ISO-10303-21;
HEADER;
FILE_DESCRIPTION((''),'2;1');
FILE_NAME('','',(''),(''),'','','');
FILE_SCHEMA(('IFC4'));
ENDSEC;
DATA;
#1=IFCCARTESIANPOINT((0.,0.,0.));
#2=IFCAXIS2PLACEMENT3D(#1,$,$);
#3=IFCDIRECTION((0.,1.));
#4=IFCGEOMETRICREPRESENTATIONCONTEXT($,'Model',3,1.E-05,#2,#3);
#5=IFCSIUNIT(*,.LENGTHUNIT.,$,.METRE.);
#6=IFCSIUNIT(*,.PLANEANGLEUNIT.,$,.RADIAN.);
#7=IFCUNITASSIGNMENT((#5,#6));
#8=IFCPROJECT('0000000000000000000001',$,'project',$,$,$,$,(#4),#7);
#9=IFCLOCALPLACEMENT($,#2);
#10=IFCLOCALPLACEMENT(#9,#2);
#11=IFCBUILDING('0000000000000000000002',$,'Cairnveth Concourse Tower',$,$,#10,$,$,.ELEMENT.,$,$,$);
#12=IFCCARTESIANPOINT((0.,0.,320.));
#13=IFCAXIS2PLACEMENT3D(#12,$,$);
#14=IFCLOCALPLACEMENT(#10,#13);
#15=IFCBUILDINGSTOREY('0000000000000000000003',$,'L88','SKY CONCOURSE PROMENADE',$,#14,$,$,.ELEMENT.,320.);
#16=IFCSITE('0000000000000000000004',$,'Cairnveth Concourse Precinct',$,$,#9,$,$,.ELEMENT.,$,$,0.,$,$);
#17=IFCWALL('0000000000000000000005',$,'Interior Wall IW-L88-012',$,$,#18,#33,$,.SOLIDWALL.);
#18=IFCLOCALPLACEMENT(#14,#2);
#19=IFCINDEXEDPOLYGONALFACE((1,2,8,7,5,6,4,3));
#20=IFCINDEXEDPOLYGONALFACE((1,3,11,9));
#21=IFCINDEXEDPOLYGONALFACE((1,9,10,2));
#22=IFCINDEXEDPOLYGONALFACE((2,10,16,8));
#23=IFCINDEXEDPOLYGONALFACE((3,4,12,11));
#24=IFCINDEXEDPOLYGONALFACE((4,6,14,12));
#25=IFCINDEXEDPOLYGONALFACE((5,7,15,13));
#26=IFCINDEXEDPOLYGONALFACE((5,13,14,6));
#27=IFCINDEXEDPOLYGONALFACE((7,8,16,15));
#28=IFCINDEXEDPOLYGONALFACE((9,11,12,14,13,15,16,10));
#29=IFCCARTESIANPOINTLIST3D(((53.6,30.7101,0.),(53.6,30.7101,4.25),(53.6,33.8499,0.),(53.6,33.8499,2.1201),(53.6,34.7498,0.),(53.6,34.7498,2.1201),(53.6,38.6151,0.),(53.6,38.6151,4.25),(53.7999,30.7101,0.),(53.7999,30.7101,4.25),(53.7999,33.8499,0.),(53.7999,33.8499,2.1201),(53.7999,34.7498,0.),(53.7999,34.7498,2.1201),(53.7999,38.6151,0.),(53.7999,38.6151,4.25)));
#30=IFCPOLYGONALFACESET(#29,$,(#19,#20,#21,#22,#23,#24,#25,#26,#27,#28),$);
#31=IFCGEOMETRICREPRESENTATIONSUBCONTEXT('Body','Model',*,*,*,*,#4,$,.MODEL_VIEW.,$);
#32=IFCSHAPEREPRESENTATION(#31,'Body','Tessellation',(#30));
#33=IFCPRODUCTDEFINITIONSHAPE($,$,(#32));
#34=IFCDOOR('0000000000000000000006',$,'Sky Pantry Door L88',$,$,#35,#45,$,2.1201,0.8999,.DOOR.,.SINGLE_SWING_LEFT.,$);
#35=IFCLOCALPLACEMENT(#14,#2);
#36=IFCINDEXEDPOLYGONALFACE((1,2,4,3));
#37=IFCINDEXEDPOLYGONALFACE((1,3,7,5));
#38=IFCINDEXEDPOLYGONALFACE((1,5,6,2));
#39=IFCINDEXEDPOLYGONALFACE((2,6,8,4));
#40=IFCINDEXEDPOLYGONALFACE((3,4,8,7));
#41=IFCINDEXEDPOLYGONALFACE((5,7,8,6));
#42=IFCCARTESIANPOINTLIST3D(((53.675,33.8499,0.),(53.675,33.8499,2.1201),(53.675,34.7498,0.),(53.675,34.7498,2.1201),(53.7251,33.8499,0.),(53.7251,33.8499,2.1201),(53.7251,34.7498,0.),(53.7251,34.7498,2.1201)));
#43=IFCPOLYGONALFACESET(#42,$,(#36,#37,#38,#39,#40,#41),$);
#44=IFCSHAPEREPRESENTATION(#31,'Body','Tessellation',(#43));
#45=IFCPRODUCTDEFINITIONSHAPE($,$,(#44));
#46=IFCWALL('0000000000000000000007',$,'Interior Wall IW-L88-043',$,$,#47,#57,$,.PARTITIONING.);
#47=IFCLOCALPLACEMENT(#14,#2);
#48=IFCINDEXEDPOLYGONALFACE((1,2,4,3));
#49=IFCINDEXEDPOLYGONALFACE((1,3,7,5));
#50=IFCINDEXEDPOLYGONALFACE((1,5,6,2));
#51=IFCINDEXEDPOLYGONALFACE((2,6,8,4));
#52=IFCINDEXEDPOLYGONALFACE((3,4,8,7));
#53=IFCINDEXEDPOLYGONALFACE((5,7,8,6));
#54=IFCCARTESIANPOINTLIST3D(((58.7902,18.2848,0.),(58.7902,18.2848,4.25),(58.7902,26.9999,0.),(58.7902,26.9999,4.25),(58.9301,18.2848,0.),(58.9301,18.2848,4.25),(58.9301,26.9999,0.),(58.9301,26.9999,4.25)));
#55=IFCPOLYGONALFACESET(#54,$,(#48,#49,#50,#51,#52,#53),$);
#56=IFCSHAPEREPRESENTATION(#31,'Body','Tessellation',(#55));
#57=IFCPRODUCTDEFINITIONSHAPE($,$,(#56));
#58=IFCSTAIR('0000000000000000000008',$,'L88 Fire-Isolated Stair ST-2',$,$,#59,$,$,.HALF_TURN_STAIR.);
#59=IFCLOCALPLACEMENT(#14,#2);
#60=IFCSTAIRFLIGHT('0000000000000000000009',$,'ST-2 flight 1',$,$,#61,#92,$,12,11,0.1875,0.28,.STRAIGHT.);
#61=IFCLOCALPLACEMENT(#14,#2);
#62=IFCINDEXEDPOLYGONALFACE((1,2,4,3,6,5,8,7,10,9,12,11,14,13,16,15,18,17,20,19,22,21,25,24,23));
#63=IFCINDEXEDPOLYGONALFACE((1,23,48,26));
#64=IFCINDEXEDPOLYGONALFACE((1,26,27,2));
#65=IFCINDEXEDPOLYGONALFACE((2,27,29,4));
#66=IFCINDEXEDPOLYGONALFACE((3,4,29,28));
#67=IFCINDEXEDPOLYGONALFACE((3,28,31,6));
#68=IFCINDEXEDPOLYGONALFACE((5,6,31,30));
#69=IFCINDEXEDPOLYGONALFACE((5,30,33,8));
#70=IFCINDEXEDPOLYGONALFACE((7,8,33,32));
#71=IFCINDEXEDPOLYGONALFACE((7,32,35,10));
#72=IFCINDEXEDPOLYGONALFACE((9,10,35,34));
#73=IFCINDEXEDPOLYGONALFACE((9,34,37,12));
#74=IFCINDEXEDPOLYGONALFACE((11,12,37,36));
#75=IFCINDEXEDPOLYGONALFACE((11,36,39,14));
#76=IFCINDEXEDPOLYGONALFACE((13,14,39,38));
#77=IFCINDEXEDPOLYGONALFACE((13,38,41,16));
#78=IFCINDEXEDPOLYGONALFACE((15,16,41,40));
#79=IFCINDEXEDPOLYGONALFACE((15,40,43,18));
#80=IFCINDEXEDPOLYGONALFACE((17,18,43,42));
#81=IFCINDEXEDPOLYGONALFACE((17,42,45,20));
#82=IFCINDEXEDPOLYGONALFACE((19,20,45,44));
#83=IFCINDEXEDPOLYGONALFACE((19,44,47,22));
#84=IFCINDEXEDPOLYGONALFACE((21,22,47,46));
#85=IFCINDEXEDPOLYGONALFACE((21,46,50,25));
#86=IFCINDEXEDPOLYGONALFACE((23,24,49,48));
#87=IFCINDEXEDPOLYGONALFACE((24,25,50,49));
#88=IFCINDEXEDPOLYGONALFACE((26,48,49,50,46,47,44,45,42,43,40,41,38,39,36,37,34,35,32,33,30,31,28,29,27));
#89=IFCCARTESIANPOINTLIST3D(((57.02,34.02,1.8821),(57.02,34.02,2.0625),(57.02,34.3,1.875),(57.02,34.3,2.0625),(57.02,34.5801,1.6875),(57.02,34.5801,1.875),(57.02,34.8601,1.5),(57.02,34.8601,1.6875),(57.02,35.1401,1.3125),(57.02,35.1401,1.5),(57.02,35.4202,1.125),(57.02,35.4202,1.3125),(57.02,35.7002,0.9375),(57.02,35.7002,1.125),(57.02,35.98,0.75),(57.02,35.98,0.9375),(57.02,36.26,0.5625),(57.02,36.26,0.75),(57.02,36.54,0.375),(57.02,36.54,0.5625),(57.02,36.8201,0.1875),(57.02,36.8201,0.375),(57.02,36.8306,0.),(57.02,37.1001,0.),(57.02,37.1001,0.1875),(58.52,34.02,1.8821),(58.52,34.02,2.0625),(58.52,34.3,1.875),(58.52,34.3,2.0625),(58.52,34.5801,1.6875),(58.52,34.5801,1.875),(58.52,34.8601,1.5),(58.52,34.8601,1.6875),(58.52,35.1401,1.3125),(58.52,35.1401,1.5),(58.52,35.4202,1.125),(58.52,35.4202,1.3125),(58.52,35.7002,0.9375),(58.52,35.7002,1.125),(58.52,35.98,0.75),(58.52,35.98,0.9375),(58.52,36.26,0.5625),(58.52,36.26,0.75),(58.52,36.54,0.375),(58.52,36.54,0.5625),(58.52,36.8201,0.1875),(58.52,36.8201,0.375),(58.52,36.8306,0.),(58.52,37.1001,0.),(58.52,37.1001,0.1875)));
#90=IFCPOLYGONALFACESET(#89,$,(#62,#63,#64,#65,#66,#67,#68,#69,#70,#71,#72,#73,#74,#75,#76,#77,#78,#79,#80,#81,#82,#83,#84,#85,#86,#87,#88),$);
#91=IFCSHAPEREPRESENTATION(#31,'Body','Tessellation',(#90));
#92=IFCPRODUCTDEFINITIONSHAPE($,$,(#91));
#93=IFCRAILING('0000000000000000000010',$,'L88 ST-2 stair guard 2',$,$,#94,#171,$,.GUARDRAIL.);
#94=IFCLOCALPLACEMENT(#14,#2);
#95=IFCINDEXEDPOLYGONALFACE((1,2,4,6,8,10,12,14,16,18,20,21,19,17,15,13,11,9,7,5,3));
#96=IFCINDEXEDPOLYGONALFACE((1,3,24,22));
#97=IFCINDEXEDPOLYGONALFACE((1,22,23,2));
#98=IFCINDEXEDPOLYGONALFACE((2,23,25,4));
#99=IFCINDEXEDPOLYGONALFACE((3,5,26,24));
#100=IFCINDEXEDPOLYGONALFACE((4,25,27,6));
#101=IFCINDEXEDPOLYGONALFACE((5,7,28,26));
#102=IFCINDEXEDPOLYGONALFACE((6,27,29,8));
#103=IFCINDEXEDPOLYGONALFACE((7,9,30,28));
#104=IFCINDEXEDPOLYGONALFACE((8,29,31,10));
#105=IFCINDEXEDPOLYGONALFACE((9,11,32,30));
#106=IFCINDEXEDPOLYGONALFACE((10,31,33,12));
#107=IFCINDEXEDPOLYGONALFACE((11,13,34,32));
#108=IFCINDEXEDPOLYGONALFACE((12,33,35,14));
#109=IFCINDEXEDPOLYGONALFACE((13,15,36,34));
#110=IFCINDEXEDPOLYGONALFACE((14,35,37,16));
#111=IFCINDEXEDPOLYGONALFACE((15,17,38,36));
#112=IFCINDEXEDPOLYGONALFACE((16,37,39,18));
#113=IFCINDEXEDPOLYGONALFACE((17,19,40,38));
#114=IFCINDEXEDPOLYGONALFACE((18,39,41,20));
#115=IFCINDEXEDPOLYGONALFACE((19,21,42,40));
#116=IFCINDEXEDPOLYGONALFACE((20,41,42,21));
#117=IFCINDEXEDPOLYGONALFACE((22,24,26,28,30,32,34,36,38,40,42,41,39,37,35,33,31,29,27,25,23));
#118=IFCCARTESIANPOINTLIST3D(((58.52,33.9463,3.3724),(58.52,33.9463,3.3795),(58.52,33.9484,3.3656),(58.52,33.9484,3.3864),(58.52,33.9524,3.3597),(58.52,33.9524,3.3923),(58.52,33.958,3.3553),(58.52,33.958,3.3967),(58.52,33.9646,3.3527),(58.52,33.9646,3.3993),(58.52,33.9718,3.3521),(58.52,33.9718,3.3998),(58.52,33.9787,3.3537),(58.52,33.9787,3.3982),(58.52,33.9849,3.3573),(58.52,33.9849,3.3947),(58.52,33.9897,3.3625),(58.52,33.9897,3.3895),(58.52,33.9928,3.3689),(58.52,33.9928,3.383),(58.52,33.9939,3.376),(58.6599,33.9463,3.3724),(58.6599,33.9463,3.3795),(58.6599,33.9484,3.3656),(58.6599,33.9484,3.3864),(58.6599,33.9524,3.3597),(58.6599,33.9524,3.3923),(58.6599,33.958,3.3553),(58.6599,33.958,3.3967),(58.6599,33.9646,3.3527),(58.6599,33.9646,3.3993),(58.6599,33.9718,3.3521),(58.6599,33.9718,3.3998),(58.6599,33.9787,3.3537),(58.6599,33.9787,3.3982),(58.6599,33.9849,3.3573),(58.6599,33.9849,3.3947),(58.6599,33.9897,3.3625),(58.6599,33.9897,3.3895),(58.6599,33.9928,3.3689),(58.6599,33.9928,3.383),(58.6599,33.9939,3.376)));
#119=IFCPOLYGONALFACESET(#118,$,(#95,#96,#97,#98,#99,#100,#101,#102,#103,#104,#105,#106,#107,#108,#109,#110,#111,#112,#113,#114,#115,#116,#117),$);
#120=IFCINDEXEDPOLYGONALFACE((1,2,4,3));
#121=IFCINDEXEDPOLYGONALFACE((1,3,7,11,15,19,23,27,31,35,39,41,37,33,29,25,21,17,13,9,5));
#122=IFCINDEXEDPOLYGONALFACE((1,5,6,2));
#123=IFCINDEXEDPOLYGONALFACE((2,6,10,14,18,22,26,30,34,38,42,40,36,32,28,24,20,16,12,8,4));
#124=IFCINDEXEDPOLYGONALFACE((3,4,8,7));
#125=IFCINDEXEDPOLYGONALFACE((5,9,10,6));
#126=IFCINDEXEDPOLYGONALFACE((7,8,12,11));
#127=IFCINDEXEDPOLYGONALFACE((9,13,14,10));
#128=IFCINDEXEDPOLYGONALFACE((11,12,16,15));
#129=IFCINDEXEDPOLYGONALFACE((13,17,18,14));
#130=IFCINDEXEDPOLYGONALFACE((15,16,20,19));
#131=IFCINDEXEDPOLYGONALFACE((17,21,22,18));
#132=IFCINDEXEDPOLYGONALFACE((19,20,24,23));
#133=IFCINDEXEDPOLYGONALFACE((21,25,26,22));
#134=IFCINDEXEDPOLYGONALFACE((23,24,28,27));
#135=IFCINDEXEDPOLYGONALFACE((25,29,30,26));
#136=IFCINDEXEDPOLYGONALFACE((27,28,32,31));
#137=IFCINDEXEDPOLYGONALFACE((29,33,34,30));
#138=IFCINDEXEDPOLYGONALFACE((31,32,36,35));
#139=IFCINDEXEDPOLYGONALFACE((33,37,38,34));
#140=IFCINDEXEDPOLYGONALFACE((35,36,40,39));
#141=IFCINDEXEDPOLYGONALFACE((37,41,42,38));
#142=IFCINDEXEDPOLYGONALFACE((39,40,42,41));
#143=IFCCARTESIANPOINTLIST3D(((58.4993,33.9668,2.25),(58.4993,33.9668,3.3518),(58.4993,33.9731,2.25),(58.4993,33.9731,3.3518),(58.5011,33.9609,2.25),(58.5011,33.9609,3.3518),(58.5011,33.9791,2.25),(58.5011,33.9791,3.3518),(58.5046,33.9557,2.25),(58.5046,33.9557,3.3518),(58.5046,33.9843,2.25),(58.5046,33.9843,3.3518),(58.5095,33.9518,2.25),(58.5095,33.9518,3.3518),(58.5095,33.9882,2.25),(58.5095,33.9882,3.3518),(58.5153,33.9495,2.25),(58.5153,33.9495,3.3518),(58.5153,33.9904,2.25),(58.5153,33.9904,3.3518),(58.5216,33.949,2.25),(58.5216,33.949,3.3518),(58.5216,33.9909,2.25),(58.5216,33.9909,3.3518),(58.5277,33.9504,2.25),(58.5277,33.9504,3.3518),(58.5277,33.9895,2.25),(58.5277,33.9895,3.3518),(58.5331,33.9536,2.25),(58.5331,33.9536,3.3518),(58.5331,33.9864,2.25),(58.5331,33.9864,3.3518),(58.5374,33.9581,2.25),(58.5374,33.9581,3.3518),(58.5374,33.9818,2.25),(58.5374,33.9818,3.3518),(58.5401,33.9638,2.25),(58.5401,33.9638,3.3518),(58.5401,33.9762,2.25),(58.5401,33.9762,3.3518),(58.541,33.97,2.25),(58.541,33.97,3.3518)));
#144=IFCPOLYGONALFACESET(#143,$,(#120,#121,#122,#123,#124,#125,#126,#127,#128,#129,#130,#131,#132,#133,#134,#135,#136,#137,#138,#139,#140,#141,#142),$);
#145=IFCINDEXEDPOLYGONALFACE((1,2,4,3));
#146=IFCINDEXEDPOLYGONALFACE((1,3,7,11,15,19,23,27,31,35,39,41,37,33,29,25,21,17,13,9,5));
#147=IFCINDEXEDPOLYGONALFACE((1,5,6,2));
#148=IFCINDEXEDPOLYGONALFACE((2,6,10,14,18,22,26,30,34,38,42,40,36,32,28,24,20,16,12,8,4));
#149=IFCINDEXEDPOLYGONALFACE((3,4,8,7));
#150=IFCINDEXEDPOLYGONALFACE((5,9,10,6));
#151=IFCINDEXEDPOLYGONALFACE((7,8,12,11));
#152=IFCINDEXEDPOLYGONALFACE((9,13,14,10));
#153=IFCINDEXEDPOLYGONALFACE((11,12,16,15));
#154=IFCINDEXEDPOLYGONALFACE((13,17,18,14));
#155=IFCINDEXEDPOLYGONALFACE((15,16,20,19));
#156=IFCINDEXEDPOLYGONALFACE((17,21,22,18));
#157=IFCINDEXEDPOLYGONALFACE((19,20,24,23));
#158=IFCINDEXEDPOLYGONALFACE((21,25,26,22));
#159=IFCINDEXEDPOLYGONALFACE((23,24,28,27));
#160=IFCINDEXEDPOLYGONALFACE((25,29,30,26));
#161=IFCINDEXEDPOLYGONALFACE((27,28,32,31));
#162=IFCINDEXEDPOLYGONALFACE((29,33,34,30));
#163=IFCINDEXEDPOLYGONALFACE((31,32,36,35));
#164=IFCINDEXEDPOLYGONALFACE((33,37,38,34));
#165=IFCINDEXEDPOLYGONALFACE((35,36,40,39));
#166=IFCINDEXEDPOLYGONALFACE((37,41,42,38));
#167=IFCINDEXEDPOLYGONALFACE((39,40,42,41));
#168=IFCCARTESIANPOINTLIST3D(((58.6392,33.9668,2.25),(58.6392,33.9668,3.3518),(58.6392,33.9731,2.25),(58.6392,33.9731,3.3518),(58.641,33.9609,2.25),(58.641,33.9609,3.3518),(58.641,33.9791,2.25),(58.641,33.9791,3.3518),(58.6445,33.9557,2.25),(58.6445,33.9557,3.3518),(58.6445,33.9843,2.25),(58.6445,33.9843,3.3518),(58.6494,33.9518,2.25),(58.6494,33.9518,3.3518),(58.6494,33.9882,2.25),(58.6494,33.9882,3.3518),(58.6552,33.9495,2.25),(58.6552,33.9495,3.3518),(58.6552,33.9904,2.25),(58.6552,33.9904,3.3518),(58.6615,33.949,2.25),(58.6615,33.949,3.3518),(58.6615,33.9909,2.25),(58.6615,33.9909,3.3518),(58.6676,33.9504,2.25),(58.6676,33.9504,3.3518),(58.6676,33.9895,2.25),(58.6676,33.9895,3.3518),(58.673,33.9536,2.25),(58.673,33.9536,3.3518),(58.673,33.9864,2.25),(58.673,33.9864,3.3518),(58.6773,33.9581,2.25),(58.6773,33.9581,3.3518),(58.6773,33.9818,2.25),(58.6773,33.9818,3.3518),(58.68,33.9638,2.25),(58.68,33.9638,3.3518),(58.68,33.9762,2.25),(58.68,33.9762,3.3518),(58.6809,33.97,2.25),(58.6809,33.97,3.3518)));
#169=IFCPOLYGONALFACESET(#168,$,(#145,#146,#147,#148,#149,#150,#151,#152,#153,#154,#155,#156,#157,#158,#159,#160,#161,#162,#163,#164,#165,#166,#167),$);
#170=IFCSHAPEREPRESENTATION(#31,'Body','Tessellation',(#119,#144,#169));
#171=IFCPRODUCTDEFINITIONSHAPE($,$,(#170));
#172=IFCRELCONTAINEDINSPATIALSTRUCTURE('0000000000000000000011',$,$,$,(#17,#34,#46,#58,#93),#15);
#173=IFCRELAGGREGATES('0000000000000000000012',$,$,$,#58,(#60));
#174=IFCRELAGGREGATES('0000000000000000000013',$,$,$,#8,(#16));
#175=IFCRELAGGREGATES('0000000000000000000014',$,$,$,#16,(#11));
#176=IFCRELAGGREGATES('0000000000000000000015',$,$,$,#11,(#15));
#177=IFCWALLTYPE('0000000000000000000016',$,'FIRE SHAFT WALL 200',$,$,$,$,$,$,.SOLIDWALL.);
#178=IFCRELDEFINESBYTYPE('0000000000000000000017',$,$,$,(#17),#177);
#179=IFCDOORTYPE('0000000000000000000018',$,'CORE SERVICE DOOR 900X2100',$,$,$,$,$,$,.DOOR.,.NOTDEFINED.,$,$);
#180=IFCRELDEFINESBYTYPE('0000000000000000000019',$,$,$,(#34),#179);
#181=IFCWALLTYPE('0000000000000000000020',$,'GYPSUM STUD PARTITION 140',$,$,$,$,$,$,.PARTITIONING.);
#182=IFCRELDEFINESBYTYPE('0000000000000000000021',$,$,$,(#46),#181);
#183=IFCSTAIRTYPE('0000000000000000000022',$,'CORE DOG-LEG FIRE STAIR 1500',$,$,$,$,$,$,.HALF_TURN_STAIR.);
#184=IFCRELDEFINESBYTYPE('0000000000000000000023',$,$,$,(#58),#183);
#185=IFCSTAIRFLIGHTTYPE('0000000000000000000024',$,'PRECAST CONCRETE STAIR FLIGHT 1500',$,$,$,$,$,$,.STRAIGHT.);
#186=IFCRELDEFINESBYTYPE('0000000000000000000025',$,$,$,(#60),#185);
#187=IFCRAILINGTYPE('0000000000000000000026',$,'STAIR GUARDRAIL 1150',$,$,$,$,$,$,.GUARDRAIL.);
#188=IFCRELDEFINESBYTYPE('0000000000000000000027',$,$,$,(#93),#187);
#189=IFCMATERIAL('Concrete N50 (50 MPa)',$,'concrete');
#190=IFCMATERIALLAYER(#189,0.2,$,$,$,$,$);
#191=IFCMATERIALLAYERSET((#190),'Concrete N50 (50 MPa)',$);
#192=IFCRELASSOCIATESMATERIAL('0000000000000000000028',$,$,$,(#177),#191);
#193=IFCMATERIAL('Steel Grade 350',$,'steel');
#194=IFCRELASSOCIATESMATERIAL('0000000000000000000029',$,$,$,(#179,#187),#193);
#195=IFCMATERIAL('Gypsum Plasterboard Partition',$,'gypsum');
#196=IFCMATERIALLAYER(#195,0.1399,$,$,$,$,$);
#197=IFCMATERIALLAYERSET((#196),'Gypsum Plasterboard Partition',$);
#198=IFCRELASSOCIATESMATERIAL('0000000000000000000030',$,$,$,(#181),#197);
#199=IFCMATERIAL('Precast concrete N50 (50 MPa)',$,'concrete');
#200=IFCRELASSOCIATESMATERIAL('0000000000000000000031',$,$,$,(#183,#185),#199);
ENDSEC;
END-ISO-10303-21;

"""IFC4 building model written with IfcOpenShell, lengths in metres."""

from ifc_helpers import new_model, si_unit, direction, frame, frame_2d, origin, origin_2d, place, context, subcontext, project, spatial, polyline, rectangle, circle, outline, extrude, material, layer, layer_set, type_object, element, fill, aggregate, save


model = new_model("IFC4")

# Units and contexts
model_context = context("Model", 3, precision=1e-05, world=origin(), true_north=direction((0.0, 1.0)))
body_context = subcontext(model_context, "Body", "Model", "MODEL_VIEW")
ifc_project = project(units=[si_unit("LENGTHUNIT", "METRE"), si_unit("PLANEANGLEUNIT", "RADIAN")], contexts=[model_context])

# Site, building, storey
site_placement = place(None, origin())
site = spatial("IfcSite", under=ifc_project, at=site_placement, Name="Cairnveth Concourse Precinct", CompositionType="ELEMENT", RefElevation=0.0)
building_placement = place(site_placement, origin())
building = spatial("IfcBuilding", under=site, at=building_placement, Name="Cairnveth Concourse Tower", CompositionType="ELEMENT")
storey_placement = place(building_placement, frame((0.0, 0.0, 320.0)))
storey = spatial("IfcBuildingStorey", under=building, at=storey_placement, Name="L88", Description="SKY CONCOURSE PROMENADE", CompositionType="ELEMENT", Elevation=320.0)

# Shared definitions
ifc_material_1 = material(Name="Concrete N50 (50 MPa)", Category="concrete")
ifc_material_2 = material(Name="Steel Grade 350", Category="steel")

# Shared definitions
ifc_material_3 = material(Name="Gypsum Plasterboard Partition", Category="gypsum")

# Shared definitions
ifc_layer_1 = layer(ifc_material_1, 0.2)
ifc_layer_set_1 = layer_set([ifc_layer_1], Name="Concrete N50 (50 MPa)")
wall_type_1 = type_object("IfcWallType", Name="FIRE SHAFT WALL 200", PredefinedType="SOLIDWALL", material=ifc_layer_set_1)

# Wall, opening, door
wall_1_placement = place(storey_placement, frame((53.7, 30.71, 0.0), z_axis=(0.0, 0.0, 1.0), x_axis=(0.0, 1.0, 0.0)))
wall_1 = element("IfcWall", 1, at=wall_1_placement, inside=storey, type_object=wall_type_1, Name="Interior Wall IW-L88-012", PredefinedType="SOLIDWALL", context=body_context, shape_type="SweptSolid", body=[
    extrude(rectangle(XDim=7.905, YDim=0.2, at=frame_2d((3.9526, 0.0))), origin(), (0.0, 0.0, 1.0), 4.25),
])
opening_1_placement = place(wall_1_placement, frame((3.1399, 0.0, 0.0)))
opening_1 = element("IfcOpeningElement", 2, at=opening_1_placement, cuts=wall_1, PredefinedType="OPENING", context=body_context, shape_type="SweptSolid", body=[
    extrude(rectangle(XDim=0.8999, YDim=2.1201, at=frame_2d((0.45, 1.0601))), frame((0.0, 0.1099, 0.0), z_axis=(0.0, -1.0, 0.0), x_axis=(1.0, 0.0, 0.0)), (0.0, 0.0, 1.0), 0.22),
])
door_type_1 = type_object("IfcDoorType", Name="CORE SERVICE DOOR 900X2100", OperationType="NOTDEFINED", PredefinedType="DOOR", material=ifc_material_2)
door_1_placement = place(opening_1_placement, origin())
door_1 = element("IfcDoor", 3, at=door_1_placement, inside=storey, type_object=door_type_1, Name="Sky Pantry Door L88", OperationType="SINGLE_SWING_LEFT", OverallHeight=2.1201, OverallWidth=0.8999, PredefinedType="DOOR", context=body_context, shape_type="SweptSolid", body=[
    extrude(rectangle(XDim=0.8999, YDim=2.1201, at=frame_2d((0.45, 1.0601))), frame((0.0, 0.0249, 0.0), z_axis=(0.0, -1.0, 0.0), x_axis=(1.0, 0.0, 0.0)), (0.0, 0.0, 1.0), 0.05),
])
fill(opening_1, door_1)

# Wall
ifc_layer_2 = layer(ifc_material_3, 0.1399)
ifc_layer_set_2 = layer_set([ifc_layer_2], Name="Gypsum Plasterboard Partition")
wall_type_2 = type_object("IfcWallType", Name="GYPSUM STUD PARTITION 140", PredefinedType="PARTITIONING", material=ifc_layer_set_2)
wall_2_placement = place(storey_placement, frame((58.8601, 18.2849, 0.0), z_axis=(0.0, 0.0, 1.0), x_axis=(0.0, 1.0, 0.0)))
element("IfcWall", 4, at=wall_2_placement, inside=storey, type_object=wall_type_2, Name="Interior Wall IW-L88-043", PredefinedType="PARTITIONING", context=body_context, shape_type="SweptSolid", body=[
    extrude(rectangle(XDim=8.7151, YDim=0.1399, at=frame_2d((4.3574, 0.0))), origin(), (0.0, 0.0, 1.0), 4.25),
])

# Stair, stair flight
ifc_material_4 = material(Name="Precast concrete N50 (50 MPa)", Category="concrete")
stair_type = type_object("IfcStairType", Name="CORE DOG-LEG FIRE STAIR 1500", PredefinedType="HALF_TURN_STAIR", material=ifc_material_4)
stair_placement = place(storey_placement, origin())
stair = element("IfcStair", 5, at=stair_placement, inside=storey, type_object=stair_type, Name="L88 Fire-Isolated Stair ST-2", PredefinedType="HALF_TURN_STAIR")
stair_flight_type = type_object("IfcStairFlightType", Name="PRECAST CONCRETE STAIR FLIGHT 1500", PredefinedType="STRAIGHT", material=ifc_material_4)
stair_flight_placement = place(storey_placement, frame((57.77, 37.1001, 0.0), z_axis=(0.0, 0.0, 1.0), x_axis=(0.0, -1.0, 0.0)))
stair_flight = element("IfcStairFlight", 6, at=stair_flight_placement, type_object=stair_flight_type, Name="ST-2 flight 1", NumberOfRisers=12, NumberOfTreads=11, PredefinedType="STRAIGHT", RiserHeight=0.1875, TreadLength=0.28, context=body_context, shape_type="SweptSolid", body=[
    extrude(outline(polyline([(0.0, 0.0), (0.0, 0.1875), (0.28, 0.1875), (0.28, 0.375), (0.5601, 0.375), (0.5601, 0.5625), (0.8401, 0.5625), (0.8401, 0.75), (1.1201, 0.75), (1.1201, 0.9375), (1.3999, 0.9375), (1.3999, 1.125), (1.6799, 1.125), (1.6799, 1.3125), (1.96, 1.3125), (1.96, 1.5), (2.24, 1.5), (2.24, 1.6875), (2.52, 1.6875), (2.52, 1.875), (2.8, 1.875), (2.8, 2.0625), (3.0801, 2.0625), (3.0801, 2.25), (3.0801, 1.8821), (0.2695, 0.0), (0.0, 0.0)])), frame((0.0, 0.75, 0.0), z_axis=(0.0, -1.0, 0.0), x_axis=(1.0, 0.0, 0.0)), (0.0, 0.0, 1.0), 1.5),
])
aggregate(stair, [stair_flight])

# Railing
railing_type_1 = type_object("IfcRailingType", Name="STAIR GUARDRAIL 1150", PredefinedType="GUARDRAIL", material=ifc_material_2)
railing_1_placement = place(storey_placement, frame((58.52, 33.97, 2.25)))
element("IfcRailing", 7, at=railing_1_placement, inside=storey, type_object=railing_type_1, Name="L88 ST-2 stair guard 2", PredefinedType="GUARDRAIL", context=body_context, shape_type="SweptSolid", body=[
    extrude(circle(Radius=0.0239, at=origin_2d()), frame((0.0, 0.0, 1.126), z_axis=(1.0, 0.0, 0.0), x_axis=(0.0, 1.0, 0.0)), (0.0, 0.0, 1.0), 0.1399),
    extrude(circle(Radius=0.021, at=origin_2d()), origin(), (0.0, 0.0, 1.0), 1.1018),
    extrude(circle(Radius=0.021, at=origin_2d()), frame((0.1399, 0.0, 0.0)), (0.0, 0.0, 1.0), 1.1018),
])

save(model, "model.ifc")
